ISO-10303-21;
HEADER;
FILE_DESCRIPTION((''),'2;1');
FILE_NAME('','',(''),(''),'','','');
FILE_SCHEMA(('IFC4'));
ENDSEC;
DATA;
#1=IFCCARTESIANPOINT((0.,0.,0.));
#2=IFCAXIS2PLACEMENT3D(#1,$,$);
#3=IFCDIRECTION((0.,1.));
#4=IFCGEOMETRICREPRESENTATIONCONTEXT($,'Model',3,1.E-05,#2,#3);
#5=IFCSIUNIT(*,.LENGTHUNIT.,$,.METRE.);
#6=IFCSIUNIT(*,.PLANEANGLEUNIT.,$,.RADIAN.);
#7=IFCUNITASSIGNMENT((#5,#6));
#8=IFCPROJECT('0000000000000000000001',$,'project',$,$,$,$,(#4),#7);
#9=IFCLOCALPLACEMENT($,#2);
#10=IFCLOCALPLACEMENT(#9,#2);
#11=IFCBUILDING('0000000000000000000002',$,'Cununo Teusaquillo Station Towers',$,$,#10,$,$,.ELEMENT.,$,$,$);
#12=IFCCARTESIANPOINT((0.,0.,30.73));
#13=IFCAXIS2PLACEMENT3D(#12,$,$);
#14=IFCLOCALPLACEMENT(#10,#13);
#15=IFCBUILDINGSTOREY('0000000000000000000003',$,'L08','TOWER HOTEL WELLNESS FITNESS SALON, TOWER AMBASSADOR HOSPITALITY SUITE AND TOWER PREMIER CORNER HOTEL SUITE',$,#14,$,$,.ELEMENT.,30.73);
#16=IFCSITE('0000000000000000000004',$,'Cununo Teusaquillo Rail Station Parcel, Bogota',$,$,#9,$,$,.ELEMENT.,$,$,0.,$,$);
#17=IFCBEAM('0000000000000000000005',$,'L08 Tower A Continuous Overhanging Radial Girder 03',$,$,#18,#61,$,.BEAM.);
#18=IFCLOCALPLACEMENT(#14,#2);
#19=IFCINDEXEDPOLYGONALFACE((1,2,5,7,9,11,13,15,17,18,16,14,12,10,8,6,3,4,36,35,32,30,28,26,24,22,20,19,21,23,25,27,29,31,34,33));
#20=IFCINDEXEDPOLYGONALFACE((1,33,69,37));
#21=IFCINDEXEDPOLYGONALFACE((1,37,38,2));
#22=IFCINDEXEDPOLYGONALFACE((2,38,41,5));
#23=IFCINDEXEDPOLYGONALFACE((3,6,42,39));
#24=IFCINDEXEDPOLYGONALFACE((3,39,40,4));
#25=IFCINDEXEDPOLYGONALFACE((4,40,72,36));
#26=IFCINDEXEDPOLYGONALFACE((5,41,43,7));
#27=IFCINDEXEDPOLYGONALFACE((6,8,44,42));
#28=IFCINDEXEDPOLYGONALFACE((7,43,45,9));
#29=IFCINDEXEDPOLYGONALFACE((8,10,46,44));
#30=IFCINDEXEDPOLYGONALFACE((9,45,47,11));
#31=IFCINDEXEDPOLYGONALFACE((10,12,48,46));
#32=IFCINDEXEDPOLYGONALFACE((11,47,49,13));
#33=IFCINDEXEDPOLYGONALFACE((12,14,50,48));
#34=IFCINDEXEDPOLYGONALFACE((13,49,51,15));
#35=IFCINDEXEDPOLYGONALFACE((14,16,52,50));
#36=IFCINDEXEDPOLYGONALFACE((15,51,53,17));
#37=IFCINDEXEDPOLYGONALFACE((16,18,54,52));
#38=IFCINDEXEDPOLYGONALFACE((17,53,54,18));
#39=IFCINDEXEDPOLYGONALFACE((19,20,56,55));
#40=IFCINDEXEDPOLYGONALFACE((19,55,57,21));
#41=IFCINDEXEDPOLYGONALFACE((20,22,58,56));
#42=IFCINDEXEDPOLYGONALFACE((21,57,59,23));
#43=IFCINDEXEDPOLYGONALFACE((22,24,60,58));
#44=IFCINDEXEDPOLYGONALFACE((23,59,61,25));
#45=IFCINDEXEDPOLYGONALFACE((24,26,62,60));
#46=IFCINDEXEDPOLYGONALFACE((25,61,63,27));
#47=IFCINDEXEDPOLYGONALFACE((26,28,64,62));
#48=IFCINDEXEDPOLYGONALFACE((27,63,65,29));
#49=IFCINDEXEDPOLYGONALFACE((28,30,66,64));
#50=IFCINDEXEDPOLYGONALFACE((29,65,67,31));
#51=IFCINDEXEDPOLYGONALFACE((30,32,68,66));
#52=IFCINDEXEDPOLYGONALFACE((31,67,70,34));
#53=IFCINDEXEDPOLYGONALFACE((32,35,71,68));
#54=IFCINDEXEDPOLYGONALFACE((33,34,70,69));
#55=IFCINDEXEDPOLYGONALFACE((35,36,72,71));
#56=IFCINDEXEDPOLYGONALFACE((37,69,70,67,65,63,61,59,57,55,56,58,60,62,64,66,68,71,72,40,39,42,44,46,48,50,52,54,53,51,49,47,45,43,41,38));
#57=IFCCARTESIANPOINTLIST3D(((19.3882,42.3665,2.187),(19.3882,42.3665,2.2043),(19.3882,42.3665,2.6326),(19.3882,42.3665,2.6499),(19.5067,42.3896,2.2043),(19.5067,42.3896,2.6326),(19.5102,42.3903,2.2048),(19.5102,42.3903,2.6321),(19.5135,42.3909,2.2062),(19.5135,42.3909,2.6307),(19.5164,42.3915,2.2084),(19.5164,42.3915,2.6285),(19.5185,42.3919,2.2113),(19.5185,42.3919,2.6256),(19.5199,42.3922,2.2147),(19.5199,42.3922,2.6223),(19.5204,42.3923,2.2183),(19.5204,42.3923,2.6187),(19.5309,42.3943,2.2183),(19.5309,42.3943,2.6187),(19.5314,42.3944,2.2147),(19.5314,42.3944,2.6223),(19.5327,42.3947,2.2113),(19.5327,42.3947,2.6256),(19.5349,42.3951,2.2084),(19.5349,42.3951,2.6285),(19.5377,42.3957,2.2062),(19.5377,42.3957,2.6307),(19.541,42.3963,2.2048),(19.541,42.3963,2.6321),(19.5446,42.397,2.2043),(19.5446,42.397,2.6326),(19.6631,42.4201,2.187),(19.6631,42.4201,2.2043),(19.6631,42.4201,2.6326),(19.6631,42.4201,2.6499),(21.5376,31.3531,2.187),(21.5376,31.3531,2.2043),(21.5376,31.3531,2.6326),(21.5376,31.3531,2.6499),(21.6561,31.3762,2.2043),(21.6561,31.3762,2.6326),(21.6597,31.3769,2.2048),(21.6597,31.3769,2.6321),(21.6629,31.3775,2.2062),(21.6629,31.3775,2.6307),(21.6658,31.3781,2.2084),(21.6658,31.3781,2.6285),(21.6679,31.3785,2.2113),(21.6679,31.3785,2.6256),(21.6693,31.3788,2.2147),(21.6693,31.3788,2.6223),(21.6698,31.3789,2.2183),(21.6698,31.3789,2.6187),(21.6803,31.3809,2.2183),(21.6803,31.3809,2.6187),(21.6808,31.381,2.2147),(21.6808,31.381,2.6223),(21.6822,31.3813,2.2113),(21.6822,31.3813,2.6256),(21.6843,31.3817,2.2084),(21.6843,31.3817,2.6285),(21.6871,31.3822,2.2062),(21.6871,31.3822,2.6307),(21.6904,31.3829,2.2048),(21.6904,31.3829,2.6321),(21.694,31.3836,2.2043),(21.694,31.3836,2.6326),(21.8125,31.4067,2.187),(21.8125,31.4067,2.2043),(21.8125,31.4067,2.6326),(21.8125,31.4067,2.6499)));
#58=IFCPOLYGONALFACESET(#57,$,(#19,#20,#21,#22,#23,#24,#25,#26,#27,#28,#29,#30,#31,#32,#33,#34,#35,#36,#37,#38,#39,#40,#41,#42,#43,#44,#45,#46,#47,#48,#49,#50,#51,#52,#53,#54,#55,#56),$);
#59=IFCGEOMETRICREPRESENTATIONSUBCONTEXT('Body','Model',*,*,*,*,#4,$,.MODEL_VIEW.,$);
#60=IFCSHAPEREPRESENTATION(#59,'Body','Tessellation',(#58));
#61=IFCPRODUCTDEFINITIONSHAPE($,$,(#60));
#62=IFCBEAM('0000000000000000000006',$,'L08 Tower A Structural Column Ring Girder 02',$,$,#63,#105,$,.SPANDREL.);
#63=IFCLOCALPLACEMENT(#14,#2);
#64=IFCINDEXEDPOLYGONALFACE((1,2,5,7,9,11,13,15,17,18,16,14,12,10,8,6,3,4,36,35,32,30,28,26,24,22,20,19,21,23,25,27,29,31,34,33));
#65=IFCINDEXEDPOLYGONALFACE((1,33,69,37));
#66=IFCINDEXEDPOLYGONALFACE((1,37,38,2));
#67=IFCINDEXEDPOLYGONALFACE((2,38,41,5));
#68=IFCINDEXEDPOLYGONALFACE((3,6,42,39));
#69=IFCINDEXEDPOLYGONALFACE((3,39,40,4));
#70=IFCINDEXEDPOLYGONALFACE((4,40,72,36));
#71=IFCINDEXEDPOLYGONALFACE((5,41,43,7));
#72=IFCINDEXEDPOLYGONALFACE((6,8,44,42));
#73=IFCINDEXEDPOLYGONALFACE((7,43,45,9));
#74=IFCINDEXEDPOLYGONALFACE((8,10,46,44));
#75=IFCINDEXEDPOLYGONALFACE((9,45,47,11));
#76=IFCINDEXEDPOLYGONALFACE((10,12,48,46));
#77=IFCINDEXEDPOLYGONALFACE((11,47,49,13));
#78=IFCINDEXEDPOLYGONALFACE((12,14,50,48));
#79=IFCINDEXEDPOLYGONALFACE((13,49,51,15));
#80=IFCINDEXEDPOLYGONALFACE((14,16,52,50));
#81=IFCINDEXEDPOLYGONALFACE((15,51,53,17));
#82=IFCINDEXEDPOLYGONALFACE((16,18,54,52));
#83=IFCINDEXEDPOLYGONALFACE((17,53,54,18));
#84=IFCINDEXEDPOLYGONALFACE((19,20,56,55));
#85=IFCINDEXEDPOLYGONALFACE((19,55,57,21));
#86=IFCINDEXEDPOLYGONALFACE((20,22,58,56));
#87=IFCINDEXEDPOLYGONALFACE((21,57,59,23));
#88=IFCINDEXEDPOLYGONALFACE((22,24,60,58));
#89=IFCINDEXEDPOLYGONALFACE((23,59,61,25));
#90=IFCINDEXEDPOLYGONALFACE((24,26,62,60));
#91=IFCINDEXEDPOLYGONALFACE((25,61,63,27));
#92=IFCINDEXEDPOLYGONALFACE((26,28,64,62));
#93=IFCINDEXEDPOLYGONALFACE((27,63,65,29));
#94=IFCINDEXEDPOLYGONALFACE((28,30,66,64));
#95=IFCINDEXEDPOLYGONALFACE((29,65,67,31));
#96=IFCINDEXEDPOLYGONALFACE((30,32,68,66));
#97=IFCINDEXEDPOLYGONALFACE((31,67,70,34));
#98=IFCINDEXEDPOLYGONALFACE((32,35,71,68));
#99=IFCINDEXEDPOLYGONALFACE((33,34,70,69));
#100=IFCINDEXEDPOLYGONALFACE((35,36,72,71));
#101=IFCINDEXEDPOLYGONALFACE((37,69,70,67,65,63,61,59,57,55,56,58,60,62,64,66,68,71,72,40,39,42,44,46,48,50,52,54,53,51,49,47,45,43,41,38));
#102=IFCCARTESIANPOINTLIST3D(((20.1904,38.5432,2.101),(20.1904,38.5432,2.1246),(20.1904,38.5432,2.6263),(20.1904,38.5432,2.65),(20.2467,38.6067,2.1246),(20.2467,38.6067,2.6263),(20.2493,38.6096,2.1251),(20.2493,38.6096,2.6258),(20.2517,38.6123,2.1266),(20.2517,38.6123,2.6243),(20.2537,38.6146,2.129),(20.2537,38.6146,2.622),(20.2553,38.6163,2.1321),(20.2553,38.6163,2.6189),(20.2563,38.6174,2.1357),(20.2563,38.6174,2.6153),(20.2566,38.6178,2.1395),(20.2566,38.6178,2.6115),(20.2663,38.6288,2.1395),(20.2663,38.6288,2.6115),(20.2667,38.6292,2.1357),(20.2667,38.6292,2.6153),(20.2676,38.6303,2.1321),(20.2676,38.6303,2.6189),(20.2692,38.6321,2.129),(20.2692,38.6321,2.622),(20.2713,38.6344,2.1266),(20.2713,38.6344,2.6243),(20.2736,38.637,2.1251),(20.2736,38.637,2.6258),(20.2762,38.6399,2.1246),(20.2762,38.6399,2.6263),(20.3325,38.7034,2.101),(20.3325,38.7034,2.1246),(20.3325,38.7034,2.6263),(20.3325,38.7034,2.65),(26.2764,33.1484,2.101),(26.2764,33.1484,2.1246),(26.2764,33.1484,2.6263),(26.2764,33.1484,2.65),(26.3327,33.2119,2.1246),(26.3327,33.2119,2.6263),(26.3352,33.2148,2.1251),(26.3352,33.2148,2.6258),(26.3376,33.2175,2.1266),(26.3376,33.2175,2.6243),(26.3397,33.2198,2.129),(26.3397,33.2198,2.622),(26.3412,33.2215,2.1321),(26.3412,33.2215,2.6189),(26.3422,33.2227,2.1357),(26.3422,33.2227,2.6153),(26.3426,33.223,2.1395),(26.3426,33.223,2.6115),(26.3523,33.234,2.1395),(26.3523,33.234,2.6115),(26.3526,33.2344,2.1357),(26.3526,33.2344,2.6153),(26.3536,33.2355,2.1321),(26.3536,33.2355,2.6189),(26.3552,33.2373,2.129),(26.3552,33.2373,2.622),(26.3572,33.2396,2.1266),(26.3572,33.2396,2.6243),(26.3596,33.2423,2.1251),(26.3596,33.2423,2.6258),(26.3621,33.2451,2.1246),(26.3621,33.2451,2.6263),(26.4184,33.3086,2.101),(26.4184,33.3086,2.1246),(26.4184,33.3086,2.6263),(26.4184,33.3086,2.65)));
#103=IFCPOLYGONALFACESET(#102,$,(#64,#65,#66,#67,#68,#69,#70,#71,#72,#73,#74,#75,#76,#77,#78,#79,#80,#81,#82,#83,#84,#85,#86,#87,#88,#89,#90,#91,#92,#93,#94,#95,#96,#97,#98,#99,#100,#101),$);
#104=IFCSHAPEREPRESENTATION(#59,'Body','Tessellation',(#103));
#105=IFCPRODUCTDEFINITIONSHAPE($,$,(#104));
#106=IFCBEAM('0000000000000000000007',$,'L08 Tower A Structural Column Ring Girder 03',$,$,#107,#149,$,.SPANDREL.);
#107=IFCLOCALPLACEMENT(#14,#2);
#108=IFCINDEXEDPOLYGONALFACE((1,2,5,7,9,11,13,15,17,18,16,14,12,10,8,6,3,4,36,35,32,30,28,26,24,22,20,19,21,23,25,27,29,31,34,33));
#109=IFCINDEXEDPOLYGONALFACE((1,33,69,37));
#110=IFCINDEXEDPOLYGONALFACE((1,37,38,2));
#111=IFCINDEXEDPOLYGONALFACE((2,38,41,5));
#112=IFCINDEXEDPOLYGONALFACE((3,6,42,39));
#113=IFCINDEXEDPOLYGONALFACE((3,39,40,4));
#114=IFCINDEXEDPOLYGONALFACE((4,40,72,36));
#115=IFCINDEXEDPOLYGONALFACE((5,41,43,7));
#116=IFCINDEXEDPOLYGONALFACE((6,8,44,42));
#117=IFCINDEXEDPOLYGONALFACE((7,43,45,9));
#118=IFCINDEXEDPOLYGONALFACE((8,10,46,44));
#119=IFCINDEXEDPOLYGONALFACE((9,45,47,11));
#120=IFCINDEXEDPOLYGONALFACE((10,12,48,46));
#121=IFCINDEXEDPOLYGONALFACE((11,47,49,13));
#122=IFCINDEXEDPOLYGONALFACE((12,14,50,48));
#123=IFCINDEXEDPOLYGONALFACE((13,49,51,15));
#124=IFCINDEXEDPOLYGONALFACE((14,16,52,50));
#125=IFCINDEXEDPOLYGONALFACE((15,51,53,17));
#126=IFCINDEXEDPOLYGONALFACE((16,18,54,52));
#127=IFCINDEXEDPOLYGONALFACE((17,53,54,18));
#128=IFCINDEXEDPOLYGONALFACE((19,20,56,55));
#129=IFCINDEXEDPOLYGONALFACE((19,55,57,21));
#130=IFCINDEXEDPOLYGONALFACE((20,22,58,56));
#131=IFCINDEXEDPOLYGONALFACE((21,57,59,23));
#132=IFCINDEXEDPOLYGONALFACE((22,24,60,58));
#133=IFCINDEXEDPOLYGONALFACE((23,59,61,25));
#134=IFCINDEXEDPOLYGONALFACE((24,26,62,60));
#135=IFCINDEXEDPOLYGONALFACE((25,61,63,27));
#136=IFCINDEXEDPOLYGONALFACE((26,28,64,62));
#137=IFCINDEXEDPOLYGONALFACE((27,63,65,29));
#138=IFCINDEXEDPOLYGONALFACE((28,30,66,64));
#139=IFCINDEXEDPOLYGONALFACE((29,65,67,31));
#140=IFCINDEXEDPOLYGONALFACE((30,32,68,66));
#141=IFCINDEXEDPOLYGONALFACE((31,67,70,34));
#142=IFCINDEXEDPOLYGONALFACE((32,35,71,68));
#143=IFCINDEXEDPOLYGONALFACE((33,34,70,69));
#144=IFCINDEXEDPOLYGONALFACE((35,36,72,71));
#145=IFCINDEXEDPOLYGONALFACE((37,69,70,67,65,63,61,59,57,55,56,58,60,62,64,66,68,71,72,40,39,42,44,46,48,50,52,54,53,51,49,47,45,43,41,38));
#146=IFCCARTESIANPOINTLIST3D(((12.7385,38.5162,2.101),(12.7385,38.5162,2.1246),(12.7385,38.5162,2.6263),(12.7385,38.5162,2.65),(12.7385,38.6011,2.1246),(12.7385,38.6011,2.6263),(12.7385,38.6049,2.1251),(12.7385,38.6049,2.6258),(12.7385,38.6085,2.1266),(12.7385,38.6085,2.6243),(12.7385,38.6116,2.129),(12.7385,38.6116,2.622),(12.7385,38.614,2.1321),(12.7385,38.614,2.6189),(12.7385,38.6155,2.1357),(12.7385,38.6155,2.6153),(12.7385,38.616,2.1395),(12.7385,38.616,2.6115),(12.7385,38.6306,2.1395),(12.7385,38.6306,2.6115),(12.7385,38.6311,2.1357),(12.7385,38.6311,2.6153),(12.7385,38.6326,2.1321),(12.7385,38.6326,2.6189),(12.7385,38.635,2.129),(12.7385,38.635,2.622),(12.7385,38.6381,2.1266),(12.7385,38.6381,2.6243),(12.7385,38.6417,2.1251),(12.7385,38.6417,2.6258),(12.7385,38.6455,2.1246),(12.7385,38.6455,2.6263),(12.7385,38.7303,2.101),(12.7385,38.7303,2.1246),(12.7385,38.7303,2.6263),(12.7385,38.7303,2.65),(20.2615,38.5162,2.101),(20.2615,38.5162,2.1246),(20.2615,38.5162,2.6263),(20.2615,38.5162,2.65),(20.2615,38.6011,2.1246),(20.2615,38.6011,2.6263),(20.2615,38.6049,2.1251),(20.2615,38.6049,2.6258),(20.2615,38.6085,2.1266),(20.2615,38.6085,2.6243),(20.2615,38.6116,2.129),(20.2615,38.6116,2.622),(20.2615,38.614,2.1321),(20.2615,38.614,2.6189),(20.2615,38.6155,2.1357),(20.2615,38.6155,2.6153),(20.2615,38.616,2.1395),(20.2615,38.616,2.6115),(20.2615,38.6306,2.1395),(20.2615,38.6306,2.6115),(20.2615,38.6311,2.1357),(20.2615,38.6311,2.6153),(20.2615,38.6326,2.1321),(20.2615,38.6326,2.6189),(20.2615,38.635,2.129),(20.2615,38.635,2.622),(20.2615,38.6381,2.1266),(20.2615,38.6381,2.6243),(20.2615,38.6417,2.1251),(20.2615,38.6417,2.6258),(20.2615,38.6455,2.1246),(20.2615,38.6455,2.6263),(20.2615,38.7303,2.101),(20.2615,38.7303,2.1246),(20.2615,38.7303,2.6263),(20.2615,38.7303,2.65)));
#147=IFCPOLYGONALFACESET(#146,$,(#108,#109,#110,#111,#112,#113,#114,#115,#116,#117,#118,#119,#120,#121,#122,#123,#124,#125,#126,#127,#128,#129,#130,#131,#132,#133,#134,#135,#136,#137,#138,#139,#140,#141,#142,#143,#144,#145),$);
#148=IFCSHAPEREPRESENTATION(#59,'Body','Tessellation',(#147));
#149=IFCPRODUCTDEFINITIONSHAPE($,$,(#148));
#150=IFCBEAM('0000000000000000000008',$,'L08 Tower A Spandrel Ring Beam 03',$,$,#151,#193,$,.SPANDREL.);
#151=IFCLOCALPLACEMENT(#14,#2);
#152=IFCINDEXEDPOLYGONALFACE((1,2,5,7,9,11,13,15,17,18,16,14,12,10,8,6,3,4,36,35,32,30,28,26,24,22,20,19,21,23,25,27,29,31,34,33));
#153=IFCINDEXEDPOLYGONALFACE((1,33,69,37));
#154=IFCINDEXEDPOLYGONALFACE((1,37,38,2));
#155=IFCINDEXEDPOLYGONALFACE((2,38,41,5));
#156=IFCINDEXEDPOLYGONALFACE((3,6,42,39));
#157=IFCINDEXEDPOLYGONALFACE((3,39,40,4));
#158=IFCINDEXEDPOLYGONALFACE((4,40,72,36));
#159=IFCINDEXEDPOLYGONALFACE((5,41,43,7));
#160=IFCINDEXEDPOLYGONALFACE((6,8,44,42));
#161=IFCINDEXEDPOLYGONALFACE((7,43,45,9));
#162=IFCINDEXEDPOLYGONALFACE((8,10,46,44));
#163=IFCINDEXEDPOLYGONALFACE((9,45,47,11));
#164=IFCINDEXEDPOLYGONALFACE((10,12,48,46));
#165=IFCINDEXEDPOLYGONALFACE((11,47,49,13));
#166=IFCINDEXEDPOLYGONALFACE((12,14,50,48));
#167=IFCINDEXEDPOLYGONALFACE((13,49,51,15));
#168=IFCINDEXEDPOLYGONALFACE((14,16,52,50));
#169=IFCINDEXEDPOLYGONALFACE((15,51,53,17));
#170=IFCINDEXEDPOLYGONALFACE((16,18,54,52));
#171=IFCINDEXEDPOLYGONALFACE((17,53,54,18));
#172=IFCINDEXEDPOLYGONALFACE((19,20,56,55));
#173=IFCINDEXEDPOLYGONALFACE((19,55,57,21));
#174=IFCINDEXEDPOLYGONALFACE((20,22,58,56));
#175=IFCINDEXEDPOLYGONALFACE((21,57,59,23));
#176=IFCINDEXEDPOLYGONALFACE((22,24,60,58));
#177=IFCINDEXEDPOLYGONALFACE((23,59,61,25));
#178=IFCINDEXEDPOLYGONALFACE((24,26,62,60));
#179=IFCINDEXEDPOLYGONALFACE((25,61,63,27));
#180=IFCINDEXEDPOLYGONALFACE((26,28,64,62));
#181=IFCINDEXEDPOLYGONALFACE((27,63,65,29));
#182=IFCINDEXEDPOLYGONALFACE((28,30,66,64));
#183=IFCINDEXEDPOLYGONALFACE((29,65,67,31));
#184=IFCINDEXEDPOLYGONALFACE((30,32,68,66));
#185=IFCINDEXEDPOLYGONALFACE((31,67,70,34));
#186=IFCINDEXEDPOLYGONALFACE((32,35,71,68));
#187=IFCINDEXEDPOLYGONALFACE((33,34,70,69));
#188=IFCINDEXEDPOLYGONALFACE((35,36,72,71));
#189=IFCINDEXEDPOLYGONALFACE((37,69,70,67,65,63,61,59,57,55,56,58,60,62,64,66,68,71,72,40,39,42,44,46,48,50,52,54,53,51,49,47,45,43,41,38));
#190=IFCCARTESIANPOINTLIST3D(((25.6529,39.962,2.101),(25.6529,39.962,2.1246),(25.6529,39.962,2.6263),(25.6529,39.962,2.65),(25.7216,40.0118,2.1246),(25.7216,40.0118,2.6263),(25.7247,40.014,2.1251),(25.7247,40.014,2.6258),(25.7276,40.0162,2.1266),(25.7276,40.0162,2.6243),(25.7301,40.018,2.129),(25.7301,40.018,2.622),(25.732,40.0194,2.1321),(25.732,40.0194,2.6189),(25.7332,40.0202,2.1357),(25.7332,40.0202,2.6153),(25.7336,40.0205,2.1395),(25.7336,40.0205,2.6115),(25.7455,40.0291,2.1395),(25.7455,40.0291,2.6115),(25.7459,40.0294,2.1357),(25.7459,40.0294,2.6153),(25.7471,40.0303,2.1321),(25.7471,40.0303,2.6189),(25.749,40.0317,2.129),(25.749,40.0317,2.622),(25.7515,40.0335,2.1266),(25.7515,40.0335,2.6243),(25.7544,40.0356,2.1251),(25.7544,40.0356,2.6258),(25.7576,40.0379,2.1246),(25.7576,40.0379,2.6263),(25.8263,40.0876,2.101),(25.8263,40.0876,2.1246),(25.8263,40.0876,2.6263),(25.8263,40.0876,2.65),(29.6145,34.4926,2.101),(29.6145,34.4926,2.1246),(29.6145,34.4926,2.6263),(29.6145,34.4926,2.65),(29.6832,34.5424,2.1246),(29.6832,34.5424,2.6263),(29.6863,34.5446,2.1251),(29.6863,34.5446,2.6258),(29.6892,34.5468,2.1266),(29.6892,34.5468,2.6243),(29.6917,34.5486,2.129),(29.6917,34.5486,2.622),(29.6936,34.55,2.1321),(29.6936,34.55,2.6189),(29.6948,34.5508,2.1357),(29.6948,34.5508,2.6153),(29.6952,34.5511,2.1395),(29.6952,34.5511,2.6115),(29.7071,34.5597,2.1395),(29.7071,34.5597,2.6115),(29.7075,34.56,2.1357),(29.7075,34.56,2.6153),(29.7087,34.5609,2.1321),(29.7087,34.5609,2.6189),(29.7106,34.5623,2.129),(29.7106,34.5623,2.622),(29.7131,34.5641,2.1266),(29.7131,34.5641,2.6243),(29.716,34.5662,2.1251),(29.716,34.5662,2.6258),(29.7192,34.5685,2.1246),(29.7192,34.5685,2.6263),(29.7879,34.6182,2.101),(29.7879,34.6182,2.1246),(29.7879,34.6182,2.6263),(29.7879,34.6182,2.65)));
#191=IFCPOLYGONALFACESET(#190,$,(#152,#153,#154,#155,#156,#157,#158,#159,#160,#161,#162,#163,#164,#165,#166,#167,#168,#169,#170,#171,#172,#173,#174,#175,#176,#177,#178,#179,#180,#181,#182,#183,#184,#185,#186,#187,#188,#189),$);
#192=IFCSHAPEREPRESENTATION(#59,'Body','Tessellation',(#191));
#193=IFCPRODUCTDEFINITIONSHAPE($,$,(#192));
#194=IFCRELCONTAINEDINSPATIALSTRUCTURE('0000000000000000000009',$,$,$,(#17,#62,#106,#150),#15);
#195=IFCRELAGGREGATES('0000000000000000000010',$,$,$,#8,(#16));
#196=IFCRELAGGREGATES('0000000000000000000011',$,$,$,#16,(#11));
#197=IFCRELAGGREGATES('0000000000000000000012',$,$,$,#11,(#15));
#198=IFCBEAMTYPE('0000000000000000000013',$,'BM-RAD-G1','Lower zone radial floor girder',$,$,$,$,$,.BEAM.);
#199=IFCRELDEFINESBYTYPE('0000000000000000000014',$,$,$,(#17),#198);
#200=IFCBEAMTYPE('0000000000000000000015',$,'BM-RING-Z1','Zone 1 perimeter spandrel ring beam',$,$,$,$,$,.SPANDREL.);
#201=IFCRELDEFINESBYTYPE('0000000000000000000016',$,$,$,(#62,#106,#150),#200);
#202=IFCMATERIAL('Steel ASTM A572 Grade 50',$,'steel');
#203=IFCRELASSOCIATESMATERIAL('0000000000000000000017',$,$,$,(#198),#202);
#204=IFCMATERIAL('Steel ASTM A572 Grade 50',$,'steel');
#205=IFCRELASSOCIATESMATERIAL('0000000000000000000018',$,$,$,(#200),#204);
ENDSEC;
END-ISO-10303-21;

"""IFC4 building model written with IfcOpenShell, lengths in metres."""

from ifc_helpers import new_model, si_unit, direction, frame, origin, origin_2d, place, context, subcontext, project, spatial, i_section, extrude, material, material_profile, profile_set, type_object, element, save


model = new_model("IFC4")

# Units and contexts
model_context = context("Model", 3, precision=1e-05, world=origin(), true_north=direction((0.0, 1.0)))
body_context = subcontext(model_context, "Body", "Model", "MODEL_VIEW")
ifc_project = project(units=[si_unit("LENGTHUNIT", "METRE"), si_unit("PLANEANGLEUNIT", "RADIAN")], contexts=[model_context])

# Site, building, storey
site_placement = place(None, origin())
site = spatial("IfcSite", under=ifc_project, at=site_placement, Name="Cununo Teusaquillo Rail Station Parcel, Bogota", CompositionType="ELEMENT", RefElevation=0.0)
building_placement = place(site_placement, origin())
building = spatial("IfcBuilding", under=site, at=building_placement, Name="Cununo Teusaquillo Station Towers", CompositionType="ELEMENT")
storey_placement = place(building_placement, frame((0.0, 0.0, 30.73)))
storey = spatial("IfcBuildingStorey", under=building, at=storey_placement, Name="L08", Description="TOWER HOTEL WELLNESS FITNESS SALON, TOWER AMBASSADOR HOSPITALITY SUITE AND TOWER PREMIER CORNER HOTEL SUITE", CompositionType="ELEMENT", Elevation=30.73)

# Beams
ifc_material_1 = material(Name="Steel ASTM A572 Grade 50", Category="steel")
ifc_material_profile_1 = material_profile(ifc_material_1, i_section(OverallWidth=0.28, OverallDepth=0.4629, WebThickness=0.0107, FlangeThickness=0.0173, FilletRadius=0.0139, at=origin_2d()), Name="W18X76")
ifc_profile_set_1 = profile_set([ifc_material_profile_1], Name="Steel ASTM A572 Grade 50")
beam_type_1 = type_object("IfcBeamType", Name="BM-RAD-G1", Description="Lower zone radial floor girder", PredefinedType="BEAM", material=ifc_profile_set_1)
beam_1_placement = place(storey_placement, frame((21.675, 31.3799, 2.4185), z_axis=(-0.191549, 0.981483, 0.0), x_axis=(-0.981483, -0.191549, 0.0)))
element("IfcBeam", 1, at=beam_1_placement, inside=storey, type_object=beam_type_1, Name="L08 Tower A Continuous Overhanging Radial Girder 03", PredefinedType="BEAM", context=body_context, shape_type="SweptSolid", body=[
    extrude(i_section(OverallWidth=0.28, OverallDepth=0.4629, WebThickness=0.0107, FlangeThickness=0.0173, FilletRadius=0.0139, at=origin_2d()), origin(), (0.0, 0.0, 1.0), 11.2212),
])
ifc_material_2 = material(Name="Steel ASTM A572 Grade 50", Category="steel")
ifc_material_profile_2 = material_profile(ifc_material_2, i_section(OverallWidth=0.2141, OverallDepth=0.5491, WebThickness=0.0146, FlangeThickness=0.0237, FilletRadius=0.0149, at=origin_2d()), Name="W21X93")
ifc_profile_set_2 = profile_set([ifc_material_profile_2], Name="Steel ASTM A572 Grade 50")
beam_type_2 = type_object("IfcBeamType", Name="BM-RING-Z1", Description="Zone 1 perimeter spandrel ring beam", PredefinedType="SPANDREL", material=ifc_profile_set_2)
beam_2_placement = place(storey_placement, frame((26.3474, 33.2285, 2.3755), z_axis=(-0.748321, 0.663337, 0.0), x_axis=(-0.663337, -0.748321, 0.0)))
element("IfcBeam", 2, at=beam_2_placement, inside=storey, type_object=beam_type_2, Name="L08 Tower A Structural Column Ring Girder 02", PredefinedType="SPANDREL", context=body_context, shape_type="SweptSolid", body=[
    extrude(i_section(OverallWidth=0.2141, OverallDepth=0.5491, WebThickness=0.0146, FlangeThickness=0.0237, FilletRadius=0.0149, at=origin_2d()), origin(), (0.0, 0.0, 1.0), 8.1328),
])
beam_3_placement = place(storey_placement, frame((20.2615, 38.6233, 2.3755), z_axis=(-1.0, 0.0, 0.0), x_axis=(0.0, -1.0, 0.0)))
element("IfcBeam", 3, at=beam_3_placement, inside=storey, type_object=beam_type_2, Name="L08 Tower A Structural Column Ring Girder 03", PredefinedType="SPANDREL", context=body_context, shape_type="SweptSolid", body=[
    extrude(i_section(OverallWidth=0.2141, OverallDepth=0.5491, WebThickness=0.0146, FlangeThickness=0.0237, FilletRadius=0.0149, at=origin_2d()), origin(), (0.0, 0.0, 1.0), 7.5229),
])
beam_4_placement = place(storey_placement, frame((29.7012, 34.5554, 2.3755), z_axis=(-0.586608, 0.809871, 0.0), x_axis=(-0.809871, -0.586608, 0.0)))
element("IfcBeam", 4, at=beam_4_placement, inside=storey, type_object=beam_type_2, Name="L08 Tower A Spandrel Ring Beam 03", PredefinedType="SPANDREL", context=body_context, shape_type="SweptSolid", body=[
    extrude(i_section(OverallWidth=0.2141, OverallDepth=0.5491, WebThickness=0.0146, FlangeThickness=0.0237, FilletRadius=0.0149, at=origin_2d()), origin(), (0.0, 0.0, 1.0), 6.7534),
])

save(model, "model.ifc")
